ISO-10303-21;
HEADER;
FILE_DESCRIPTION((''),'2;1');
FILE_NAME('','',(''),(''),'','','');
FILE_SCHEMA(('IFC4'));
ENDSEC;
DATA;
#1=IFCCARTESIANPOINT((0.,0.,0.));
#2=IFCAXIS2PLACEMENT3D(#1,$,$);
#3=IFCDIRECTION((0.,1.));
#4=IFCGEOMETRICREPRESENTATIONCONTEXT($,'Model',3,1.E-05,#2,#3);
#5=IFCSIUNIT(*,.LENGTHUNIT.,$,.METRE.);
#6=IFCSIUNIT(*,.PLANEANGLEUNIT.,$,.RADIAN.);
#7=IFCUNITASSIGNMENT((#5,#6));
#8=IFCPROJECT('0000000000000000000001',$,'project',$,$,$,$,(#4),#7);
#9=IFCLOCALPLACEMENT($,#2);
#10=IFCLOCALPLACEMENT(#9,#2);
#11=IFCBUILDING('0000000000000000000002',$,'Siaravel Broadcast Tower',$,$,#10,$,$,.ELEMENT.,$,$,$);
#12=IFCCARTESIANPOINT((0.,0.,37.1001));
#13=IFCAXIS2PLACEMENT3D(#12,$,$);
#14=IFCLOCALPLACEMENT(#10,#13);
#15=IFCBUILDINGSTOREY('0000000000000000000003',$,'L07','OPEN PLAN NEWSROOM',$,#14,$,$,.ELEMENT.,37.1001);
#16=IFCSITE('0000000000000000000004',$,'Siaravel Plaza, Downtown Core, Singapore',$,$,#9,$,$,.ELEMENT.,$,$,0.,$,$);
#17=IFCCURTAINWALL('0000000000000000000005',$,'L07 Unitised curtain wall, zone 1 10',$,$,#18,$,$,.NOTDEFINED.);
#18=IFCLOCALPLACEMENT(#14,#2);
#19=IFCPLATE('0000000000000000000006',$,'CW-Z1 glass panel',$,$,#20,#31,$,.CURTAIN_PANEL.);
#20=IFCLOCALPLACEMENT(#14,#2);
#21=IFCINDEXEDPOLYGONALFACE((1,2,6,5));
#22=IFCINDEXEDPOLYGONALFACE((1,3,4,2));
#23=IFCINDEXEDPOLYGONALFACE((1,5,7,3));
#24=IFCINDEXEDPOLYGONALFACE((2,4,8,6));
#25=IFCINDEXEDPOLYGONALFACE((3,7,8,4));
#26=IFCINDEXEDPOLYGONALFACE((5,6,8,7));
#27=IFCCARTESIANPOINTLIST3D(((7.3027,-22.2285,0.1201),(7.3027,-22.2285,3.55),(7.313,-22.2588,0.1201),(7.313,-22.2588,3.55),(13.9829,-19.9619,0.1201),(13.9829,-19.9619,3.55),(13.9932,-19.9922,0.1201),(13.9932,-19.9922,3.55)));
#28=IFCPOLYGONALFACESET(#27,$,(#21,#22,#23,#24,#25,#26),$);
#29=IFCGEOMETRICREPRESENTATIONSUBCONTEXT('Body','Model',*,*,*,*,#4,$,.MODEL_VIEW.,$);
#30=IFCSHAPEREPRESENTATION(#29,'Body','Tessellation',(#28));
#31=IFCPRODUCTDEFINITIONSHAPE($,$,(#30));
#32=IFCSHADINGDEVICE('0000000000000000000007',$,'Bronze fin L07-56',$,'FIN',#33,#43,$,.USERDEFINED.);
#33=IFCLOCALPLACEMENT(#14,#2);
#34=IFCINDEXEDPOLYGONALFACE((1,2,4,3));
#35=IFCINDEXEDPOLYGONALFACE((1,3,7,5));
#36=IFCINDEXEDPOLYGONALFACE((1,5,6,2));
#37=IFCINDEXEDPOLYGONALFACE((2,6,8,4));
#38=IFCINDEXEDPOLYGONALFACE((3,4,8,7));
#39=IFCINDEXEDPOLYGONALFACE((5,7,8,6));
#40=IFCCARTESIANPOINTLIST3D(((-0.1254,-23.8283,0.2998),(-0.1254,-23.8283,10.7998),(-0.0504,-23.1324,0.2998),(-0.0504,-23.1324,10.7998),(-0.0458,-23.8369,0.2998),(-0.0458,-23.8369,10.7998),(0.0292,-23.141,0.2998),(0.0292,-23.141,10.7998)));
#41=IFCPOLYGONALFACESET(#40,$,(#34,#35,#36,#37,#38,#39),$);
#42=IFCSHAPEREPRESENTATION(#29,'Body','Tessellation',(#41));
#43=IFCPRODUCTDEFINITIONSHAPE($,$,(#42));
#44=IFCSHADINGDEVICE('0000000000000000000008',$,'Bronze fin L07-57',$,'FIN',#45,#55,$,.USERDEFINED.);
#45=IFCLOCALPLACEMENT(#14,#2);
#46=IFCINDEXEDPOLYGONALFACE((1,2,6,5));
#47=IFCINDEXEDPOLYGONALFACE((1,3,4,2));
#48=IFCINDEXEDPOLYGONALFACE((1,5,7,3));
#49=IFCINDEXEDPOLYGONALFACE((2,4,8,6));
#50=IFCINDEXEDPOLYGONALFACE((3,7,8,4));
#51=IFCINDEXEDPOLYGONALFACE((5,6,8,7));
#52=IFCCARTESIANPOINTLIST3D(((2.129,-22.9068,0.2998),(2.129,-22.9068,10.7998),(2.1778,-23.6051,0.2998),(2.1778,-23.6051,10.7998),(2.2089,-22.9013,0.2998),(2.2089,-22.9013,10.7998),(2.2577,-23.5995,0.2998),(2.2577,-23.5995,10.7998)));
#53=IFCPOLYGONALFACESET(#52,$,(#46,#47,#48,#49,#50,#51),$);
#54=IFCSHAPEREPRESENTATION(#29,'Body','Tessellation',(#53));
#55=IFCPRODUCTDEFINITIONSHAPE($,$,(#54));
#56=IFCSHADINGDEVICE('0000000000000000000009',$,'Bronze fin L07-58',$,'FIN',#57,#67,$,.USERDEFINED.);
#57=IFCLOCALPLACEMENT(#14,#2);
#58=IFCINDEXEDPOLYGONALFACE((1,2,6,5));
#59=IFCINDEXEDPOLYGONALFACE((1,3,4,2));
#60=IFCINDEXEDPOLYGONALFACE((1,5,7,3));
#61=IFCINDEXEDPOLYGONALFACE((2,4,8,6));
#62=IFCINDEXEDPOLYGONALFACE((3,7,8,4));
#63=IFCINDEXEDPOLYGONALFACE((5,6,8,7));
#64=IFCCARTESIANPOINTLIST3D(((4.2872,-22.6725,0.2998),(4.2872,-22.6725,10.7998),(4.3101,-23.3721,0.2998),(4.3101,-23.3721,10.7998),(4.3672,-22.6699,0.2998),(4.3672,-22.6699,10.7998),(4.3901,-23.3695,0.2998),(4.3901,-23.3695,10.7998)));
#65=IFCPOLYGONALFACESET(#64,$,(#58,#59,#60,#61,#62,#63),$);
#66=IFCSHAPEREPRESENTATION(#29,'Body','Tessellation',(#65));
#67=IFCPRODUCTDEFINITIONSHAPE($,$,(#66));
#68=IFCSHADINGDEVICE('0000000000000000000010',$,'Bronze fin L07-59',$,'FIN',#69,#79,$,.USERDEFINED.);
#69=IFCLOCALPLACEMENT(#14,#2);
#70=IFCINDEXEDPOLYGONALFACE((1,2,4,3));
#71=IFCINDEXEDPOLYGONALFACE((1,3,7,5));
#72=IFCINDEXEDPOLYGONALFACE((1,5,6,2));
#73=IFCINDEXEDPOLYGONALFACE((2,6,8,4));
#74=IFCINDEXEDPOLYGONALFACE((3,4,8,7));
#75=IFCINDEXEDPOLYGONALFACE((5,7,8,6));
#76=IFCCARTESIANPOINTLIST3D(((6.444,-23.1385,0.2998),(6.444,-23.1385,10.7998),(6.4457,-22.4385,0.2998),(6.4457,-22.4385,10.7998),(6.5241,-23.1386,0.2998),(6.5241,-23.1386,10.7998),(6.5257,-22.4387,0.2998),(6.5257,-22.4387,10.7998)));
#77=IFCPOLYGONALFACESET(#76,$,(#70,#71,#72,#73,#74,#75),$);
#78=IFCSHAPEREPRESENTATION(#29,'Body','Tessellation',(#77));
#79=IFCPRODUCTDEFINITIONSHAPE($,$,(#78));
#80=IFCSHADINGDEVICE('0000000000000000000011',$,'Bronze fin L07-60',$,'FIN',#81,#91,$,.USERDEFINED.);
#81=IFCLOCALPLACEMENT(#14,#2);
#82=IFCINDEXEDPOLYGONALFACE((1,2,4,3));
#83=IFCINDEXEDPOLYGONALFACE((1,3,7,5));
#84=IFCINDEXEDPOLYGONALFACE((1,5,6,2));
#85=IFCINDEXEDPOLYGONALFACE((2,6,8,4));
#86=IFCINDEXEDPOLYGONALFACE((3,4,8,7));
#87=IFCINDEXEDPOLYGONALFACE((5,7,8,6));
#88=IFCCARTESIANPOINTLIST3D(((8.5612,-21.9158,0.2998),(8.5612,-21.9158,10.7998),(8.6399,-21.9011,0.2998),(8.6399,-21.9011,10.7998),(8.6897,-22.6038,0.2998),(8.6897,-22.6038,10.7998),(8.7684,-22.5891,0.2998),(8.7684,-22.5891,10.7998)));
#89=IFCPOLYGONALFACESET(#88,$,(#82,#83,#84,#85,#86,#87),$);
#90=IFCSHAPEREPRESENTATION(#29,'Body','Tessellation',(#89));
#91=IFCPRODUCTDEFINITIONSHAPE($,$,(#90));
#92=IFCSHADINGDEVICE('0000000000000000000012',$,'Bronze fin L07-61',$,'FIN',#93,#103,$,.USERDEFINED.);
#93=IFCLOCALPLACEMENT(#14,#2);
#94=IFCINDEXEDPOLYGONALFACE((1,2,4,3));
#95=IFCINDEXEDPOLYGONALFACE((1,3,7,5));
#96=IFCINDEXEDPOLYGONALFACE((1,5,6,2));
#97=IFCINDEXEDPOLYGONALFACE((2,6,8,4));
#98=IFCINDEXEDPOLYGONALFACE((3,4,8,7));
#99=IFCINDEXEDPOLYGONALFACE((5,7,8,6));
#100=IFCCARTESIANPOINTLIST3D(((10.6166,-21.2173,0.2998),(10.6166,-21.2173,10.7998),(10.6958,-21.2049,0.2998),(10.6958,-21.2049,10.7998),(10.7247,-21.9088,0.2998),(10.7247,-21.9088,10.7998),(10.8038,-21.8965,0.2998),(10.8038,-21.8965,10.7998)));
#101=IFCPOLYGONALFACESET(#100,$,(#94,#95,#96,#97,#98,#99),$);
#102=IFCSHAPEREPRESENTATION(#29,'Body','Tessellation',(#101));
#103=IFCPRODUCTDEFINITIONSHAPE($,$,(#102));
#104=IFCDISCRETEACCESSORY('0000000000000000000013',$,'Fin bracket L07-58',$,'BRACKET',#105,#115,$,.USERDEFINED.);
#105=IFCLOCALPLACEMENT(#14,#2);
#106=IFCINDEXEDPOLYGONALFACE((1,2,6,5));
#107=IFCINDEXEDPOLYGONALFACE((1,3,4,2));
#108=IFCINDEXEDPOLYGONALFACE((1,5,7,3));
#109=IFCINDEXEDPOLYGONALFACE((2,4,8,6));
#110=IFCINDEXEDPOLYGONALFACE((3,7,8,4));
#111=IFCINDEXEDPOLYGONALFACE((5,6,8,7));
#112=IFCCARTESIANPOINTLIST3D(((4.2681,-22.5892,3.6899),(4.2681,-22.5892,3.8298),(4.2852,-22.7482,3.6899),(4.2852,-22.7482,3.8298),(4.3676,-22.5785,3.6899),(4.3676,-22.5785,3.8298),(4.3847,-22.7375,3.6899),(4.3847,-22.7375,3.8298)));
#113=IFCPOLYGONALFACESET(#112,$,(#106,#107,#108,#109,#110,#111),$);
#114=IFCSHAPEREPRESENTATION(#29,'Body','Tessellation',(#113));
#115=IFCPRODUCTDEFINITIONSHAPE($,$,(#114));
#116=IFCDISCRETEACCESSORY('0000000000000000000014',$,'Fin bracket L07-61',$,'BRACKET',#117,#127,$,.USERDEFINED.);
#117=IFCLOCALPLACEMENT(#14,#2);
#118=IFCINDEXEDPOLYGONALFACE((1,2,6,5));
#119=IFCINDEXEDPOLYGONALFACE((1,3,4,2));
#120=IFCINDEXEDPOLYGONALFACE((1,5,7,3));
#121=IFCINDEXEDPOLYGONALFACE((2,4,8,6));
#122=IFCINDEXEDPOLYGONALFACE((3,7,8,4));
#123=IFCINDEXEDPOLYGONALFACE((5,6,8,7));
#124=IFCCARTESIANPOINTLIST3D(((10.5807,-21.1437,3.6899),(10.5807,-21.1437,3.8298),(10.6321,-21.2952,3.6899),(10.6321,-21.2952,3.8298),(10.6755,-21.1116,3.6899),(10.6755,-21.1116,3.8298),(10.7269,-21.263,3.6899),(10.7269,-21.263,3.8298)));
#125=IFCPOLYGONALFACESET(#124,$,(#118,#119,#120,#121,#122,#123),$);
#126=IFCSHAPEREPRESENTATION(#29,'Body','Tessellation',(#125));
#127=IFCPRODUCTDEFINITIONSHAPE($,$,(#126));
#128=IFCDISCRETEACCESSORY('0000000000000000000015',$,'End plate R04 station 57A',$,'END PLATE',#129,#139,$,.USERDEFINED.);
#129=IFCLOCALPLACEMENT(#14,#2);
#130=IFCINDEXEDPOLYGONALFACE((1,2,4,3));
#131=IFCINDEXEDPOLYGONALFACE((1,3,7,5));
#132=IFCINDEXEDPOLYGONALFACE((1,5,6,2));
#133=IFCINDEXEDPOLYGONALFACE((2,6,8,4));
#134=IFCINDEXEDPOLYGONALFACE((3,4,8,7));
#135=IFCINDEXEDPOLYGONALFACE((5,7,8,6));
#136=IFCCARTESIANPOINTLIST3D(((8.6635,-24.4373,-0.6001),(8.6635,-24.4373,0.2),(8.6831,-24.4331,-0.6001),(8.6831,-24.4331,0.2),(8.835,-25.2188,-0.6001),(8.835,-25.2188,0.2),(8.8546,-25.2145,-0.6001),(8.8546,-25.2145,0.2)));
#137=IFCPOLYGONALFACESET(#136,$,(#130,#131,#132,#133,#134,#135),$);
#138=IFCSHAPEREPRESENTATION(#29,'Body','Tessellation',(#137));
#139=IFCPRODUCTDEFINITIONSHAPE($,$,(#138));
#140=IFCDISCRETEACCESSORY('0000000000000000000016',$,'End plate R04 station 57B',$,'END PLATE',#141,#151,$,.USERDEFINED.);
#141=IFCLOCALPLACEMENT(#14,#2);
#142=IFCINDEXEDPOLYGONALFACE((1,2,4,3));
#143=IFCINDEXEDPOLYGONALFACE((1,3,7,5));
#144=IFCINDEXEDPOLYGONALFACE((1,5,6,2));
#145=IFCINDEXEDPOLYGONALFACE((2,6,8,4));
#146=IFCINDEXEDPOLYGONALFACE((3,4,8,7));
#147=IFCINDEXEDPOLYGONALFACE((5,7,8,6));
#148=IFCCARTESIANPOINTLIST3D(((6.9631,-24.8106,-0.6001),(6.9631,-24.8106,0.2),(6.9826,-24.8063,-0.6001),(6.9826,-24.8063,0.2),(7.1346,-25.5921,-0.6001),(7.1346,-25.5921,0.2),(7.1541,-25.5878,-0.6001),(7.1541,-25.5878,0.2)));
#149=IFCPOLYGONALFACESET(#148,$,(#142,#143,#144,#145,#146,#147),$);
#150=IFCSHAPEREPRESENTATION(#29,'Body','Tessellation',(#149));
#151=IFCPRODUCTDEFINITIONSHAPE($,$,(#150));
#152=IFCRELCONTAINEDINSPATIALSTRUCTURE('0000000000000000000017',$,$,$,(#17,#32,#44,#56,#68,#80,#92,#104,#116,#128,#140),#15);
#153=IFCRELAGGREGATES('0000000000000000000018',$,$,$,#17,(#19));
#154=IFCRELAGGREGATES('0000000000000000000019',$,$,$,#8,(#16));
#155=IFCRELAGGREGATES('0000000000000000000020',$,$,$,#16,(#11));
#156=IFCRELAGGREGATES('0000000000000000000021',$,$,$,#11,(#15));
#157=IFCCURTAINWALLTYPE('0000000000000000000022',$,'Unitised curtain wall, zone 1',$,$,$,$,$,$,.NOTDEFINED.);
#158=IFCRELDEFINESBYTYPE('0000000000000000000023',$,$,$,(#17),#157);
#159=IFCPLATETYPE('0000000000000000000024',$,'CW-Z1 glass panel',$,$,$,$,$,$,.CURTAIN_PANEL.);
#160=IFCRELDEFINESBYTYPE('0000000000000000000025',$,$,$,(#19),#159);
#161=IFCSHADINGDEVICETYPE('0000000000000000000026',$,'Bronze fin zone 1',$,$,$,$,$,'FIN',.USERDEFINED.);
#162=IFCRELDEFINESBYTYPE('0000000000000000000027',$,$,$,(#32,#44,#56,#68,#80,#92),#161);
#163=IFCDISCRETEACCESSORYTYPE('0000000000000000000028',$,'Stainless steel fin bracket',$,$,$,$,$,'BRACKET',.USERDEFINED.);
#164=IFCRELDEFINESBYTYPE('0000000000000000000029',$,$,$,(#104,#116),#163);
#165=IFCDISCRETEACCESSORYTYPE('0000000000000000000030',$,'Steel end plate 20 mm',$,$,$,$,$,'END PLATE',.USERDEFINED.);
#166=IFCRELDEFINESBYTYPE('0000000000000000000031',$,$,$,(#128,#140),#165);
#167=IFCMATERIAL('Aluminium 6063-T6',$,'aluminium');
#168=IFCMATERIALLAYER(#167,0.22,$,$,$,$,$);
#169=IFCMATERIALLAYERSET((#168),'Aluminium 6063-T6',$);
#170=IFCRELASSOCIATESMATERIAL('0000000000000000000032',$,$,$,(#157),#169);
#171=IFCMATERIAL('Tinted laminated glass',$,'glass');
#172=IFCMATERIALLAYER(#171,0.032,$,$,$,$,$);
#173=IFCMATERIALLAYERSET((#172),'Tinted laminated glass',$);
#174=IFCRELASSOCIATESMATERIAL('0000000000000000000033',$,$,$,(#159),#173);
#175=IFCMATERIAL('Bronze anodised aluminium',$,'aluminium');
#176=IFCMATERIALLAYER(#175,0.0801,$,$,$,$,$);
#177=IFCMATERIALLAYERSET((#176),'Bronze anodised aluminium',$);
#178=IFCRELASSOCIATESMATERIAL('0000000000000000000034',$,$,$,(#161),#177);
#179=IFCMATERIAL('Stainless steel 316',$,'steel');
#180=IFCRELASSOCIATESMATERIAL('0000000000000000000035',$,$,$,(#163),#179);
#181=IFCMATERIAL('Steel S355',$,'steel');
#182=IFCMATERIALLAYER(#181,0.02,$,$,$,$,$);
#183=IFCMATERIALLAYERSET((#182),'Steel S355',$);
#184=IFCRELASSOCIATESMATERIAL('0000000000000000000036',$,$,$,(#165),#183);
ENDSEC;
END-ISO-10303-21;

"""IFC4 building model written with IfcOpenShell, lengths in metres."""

from ifc_helpers import new_model, si_unit, direction, frame, origin, origin_2d, place, context, subcontext, project, spatial, rectangle, extrude, material, layer, layer_set, type_object, element, aggregate, save


model = new_model("IFC4")

# Units and contexts
model_context = context("Model", 3, precision=1e-05, world=origin(), true_north=direction((0.0, 1.0)))
body_context = subcontext(model_context, "Body", "Model", "MODEL_VIEW")
ifc_project = project(units=[si_unit("LENGTHUNIT", "METRE"), si_unit("PLANEANGLEUNIT", "RADIAN")], contexts=[model_context])

# Site, building, storey
site_placement = place(None, origin())
site = spatial("IfcSite", under=ifc_project, at=site_placement, Name="Siaravel Plaza, Downtown Core, Singapore", CompositionType="ELEMENT", RefElevation=0.0)
building_placement = place(site_placement, origin())
building = spatial("IfcBuilding", under=site, at=building_placement, Name="Siaravel Broadcast Tower", CompositionType="ELEMENT")
storey_placement = place(building_placement, frame((0.0, 0.0, 37.1001)))
storey = spatial("IfcBuildingStorey", under=building, at=storey_placement, Name="L07", Description="OPEN PLAN NEWSROOM", CompositionType="ELEMENT", Elevation=37.1001)

# Shared definitions
ifc_material_1 = material(Name="Steel S355", Category="steel")

# Shared definitions
ifc_material_2 = material(Name="Aluminium 6063-T6", Category="aluminium")
ifc_layer_1 = layer(ifc_material_2, 0.22)
ifc_layer_set_1 = layer_set([ifc_layer_1], Name="Aluminium 6063-T6")
curtain_wall_type = type_object("IfcCurtainWallType", Name="Unitised curtain wall, zone 1", PredefinedType="NOTDEFINED", material=ifc_layer_set_1)

# Curtain wall
curtain_wall_1_placement = place(storey_placement, origin())
curtain_wall_1 = element("IfcCurtainWall", 1, at=curtain_wall_1_placement, inside=storey, type_object=curtain_wall_type, Name="L07 Unitised curtain wall, zone 1 10", PredefinedType="NOTDEFINED")

# Plate
ifc_material_3 = material(Name="Tinted laminated glass", Category="glass")
ifc_layer_2 = layer(ifc_material_3, 0.032)
ifc_layer_set_2 = layer_set([ifc_layer_2], Name="Tinted laminated glass")
plate_type = type_object("IfcPlateType", Name="CW-Z1 glass panel", PredefinedType="CURTAIN_PANEL", material=ifc_layer_set_2)
plate_1_placement = place(storey_placement, frame((10.6479, -21.1104, 0.1201), z_axis=(0.0, 0.0, 1.0), x_axis=(0.946977, 0.321301, 0.0)))
plate_1 = element("IfcPlate", 2, at=plate_1_placement, type_object=plate_type, Name="CW-Z1 glass panel", PredefinedType="CURTAIN_PANEL", context=body_context, shape_type="SweptSolid", body=[
    extrude(rectangle(XDim=7.0542, YDim=0.032, at=origin_2d()), origin(), (0.0, 0.0, 1.0), 3.4299),
])
aggregate(curtain_wall_1, [plate_1])

# Shading devices
ifc_material_4 = material(Name="Bronze anodised aluminium", Category="aluminium")
ifc_layer_3 = layer(ifc_material_4, 0.0801)
ifc_layer_set_3 = layer_set([ifc_layer_3], Name="Bronze anodised aluminium")
shading_device_type = type_object("IfcShadingDeviceType", Name="Bronze fin zone 1", ElementType="FIN", PredefinedType="USERDEFINED", material=ifc_layer_set_3)
for number, where, z_axis, x_axis, name in (
    (3, (-0.0481, -23.4846, 0.2998), (0.0, 0.0, 1.0), (-0.107217, -0.994236, 0.0), "Bronze fin L07-56"),
    (4, (2.1934, -23.2532, 0.2998), (0.0, 0.0, 1.0), (0.069711, -0.997567, 0.0), "Bronze fin L07-57"),
    (5, (4.3386, -23.021, 0.2998), (0.0, 0.0, 1.0), (0.032703, -0.999465, 0.0), "Bronze fin L07-58"),
    (6, (6.4849, -22.7886, 0.2998), (0.0, 0.0, 1.0), (-0.002403, -0.999997, 0.0), "Bronze fin L07-59"),
    (7, (8.6648, -22.2524, 0.2998), (0.0, 0.0, 1.0), (0.183574, -0.983006, 0.0), "Bronze fin L07-60"),
    (8, (10.7102, -21.5569, 0.2998), (0.0, 0.0, 1.0), (0.154329, -0.988019, 0.0), "Bronze fin L07-61"),
):
    element("IfcShadingDevice", number, at=place(storey_placement, frame(where, z_axis=z_axis, x_axis=x_axis)), inside=storey, type_object=shading_device_type, Name=name, ObjectType="FIN", PredefinedType="USERDEFINED", context=body_context, shape_type="SweptSolid", body=[
        extrude(rectangle(XDim=0.7, YDim=0.0801, at=origin_2d()), origin(), (0.0, 0.0, 1.0), 10.5),
    ])

# Discrete accessories
ifc_material_5 = material(Name="Stainless steel 316", Category="steel")
discrete_accessory_type_1 = type_object("IfcDiscreteAccessoryType", Name="Stainless steel fin bracket", ElementType="BRACKET", PredefinedType="USERDEFINED", material=ifc_material_5)
for number, where, z_axis, x_axis, name in (
    (9, (4.3264, -22.6633, 3.6899), (0.0, 0.0, 1.0), (0.107217, -0.994236, 0.0), "Fin bracket L07-58"),
    (10, (10.6538, -21.2034, 3.6899), (0.0, 0.0, 1.0), (0.321301, -0.946977, 0.0), "Fin bracket L07-61"),
):
    element("IfcDiscreteAccessory", number, at=place(storey_placement, frame(where, z_axis=z_axis, x_axis=x_axis)), inside=storey, type_object=discrete_accessory_type_1, Name=name, ObjectType="BRACKET", PredefinedType="USERDEFINED", context=body_context, shape_type="SweptSolid", body=[
        extrude(rectangle(XDim=0.1599, YDim=0.1001, at=origin_2d()), origin(), (0.0, 0.0, 1.0), 0.1399),
    ])
ifc_layer_4 = layer(ifc_material_1, 0.02)
ifc_layer_set_4 = layer_set([ifc_layer_4], Name="Steel S355")
discrete_accessory_type_2 = type_object("IfcDiscreteAccessoryType", Name="Steel end plate 20 mm", ElementType="END PLATE", PredefinedType="USERDEFINED", material=ifc_layer_set_4)
for number, where, z_axis, x_axis, name in (
    (11, (8.759, -24.8259, -0.6001), (0.0, 0.0, 1.0), (0.976751, 0.214377, 0.0), "End plate R04 station 57A"),
    (12, (7.0586, -25.1992, -0.6001), (0.0, 0.0, 1.0), (0.976751, 0.214377, 0.0), "End plate R04 station 57B"),
):
    element("IfcDiscreteAccessory", number, at=place(storey_placement, frame(where, z_axis=z_axis, x_axis=x_axis)), inside=storey, type_object=discrete_accessory_type_2, Name=name, ObjectType="END PLATE", PredefinedType="USERDEFINED", context=body_context, shape_type="SweptSolid", body=[
        extrude(rectangle(XDim=0.02, YDim=0.8, at=origin_2d()), origin(), (0.0, 0.0, 1.0), 0.8),
    ])

save(model, "model.ifc")
